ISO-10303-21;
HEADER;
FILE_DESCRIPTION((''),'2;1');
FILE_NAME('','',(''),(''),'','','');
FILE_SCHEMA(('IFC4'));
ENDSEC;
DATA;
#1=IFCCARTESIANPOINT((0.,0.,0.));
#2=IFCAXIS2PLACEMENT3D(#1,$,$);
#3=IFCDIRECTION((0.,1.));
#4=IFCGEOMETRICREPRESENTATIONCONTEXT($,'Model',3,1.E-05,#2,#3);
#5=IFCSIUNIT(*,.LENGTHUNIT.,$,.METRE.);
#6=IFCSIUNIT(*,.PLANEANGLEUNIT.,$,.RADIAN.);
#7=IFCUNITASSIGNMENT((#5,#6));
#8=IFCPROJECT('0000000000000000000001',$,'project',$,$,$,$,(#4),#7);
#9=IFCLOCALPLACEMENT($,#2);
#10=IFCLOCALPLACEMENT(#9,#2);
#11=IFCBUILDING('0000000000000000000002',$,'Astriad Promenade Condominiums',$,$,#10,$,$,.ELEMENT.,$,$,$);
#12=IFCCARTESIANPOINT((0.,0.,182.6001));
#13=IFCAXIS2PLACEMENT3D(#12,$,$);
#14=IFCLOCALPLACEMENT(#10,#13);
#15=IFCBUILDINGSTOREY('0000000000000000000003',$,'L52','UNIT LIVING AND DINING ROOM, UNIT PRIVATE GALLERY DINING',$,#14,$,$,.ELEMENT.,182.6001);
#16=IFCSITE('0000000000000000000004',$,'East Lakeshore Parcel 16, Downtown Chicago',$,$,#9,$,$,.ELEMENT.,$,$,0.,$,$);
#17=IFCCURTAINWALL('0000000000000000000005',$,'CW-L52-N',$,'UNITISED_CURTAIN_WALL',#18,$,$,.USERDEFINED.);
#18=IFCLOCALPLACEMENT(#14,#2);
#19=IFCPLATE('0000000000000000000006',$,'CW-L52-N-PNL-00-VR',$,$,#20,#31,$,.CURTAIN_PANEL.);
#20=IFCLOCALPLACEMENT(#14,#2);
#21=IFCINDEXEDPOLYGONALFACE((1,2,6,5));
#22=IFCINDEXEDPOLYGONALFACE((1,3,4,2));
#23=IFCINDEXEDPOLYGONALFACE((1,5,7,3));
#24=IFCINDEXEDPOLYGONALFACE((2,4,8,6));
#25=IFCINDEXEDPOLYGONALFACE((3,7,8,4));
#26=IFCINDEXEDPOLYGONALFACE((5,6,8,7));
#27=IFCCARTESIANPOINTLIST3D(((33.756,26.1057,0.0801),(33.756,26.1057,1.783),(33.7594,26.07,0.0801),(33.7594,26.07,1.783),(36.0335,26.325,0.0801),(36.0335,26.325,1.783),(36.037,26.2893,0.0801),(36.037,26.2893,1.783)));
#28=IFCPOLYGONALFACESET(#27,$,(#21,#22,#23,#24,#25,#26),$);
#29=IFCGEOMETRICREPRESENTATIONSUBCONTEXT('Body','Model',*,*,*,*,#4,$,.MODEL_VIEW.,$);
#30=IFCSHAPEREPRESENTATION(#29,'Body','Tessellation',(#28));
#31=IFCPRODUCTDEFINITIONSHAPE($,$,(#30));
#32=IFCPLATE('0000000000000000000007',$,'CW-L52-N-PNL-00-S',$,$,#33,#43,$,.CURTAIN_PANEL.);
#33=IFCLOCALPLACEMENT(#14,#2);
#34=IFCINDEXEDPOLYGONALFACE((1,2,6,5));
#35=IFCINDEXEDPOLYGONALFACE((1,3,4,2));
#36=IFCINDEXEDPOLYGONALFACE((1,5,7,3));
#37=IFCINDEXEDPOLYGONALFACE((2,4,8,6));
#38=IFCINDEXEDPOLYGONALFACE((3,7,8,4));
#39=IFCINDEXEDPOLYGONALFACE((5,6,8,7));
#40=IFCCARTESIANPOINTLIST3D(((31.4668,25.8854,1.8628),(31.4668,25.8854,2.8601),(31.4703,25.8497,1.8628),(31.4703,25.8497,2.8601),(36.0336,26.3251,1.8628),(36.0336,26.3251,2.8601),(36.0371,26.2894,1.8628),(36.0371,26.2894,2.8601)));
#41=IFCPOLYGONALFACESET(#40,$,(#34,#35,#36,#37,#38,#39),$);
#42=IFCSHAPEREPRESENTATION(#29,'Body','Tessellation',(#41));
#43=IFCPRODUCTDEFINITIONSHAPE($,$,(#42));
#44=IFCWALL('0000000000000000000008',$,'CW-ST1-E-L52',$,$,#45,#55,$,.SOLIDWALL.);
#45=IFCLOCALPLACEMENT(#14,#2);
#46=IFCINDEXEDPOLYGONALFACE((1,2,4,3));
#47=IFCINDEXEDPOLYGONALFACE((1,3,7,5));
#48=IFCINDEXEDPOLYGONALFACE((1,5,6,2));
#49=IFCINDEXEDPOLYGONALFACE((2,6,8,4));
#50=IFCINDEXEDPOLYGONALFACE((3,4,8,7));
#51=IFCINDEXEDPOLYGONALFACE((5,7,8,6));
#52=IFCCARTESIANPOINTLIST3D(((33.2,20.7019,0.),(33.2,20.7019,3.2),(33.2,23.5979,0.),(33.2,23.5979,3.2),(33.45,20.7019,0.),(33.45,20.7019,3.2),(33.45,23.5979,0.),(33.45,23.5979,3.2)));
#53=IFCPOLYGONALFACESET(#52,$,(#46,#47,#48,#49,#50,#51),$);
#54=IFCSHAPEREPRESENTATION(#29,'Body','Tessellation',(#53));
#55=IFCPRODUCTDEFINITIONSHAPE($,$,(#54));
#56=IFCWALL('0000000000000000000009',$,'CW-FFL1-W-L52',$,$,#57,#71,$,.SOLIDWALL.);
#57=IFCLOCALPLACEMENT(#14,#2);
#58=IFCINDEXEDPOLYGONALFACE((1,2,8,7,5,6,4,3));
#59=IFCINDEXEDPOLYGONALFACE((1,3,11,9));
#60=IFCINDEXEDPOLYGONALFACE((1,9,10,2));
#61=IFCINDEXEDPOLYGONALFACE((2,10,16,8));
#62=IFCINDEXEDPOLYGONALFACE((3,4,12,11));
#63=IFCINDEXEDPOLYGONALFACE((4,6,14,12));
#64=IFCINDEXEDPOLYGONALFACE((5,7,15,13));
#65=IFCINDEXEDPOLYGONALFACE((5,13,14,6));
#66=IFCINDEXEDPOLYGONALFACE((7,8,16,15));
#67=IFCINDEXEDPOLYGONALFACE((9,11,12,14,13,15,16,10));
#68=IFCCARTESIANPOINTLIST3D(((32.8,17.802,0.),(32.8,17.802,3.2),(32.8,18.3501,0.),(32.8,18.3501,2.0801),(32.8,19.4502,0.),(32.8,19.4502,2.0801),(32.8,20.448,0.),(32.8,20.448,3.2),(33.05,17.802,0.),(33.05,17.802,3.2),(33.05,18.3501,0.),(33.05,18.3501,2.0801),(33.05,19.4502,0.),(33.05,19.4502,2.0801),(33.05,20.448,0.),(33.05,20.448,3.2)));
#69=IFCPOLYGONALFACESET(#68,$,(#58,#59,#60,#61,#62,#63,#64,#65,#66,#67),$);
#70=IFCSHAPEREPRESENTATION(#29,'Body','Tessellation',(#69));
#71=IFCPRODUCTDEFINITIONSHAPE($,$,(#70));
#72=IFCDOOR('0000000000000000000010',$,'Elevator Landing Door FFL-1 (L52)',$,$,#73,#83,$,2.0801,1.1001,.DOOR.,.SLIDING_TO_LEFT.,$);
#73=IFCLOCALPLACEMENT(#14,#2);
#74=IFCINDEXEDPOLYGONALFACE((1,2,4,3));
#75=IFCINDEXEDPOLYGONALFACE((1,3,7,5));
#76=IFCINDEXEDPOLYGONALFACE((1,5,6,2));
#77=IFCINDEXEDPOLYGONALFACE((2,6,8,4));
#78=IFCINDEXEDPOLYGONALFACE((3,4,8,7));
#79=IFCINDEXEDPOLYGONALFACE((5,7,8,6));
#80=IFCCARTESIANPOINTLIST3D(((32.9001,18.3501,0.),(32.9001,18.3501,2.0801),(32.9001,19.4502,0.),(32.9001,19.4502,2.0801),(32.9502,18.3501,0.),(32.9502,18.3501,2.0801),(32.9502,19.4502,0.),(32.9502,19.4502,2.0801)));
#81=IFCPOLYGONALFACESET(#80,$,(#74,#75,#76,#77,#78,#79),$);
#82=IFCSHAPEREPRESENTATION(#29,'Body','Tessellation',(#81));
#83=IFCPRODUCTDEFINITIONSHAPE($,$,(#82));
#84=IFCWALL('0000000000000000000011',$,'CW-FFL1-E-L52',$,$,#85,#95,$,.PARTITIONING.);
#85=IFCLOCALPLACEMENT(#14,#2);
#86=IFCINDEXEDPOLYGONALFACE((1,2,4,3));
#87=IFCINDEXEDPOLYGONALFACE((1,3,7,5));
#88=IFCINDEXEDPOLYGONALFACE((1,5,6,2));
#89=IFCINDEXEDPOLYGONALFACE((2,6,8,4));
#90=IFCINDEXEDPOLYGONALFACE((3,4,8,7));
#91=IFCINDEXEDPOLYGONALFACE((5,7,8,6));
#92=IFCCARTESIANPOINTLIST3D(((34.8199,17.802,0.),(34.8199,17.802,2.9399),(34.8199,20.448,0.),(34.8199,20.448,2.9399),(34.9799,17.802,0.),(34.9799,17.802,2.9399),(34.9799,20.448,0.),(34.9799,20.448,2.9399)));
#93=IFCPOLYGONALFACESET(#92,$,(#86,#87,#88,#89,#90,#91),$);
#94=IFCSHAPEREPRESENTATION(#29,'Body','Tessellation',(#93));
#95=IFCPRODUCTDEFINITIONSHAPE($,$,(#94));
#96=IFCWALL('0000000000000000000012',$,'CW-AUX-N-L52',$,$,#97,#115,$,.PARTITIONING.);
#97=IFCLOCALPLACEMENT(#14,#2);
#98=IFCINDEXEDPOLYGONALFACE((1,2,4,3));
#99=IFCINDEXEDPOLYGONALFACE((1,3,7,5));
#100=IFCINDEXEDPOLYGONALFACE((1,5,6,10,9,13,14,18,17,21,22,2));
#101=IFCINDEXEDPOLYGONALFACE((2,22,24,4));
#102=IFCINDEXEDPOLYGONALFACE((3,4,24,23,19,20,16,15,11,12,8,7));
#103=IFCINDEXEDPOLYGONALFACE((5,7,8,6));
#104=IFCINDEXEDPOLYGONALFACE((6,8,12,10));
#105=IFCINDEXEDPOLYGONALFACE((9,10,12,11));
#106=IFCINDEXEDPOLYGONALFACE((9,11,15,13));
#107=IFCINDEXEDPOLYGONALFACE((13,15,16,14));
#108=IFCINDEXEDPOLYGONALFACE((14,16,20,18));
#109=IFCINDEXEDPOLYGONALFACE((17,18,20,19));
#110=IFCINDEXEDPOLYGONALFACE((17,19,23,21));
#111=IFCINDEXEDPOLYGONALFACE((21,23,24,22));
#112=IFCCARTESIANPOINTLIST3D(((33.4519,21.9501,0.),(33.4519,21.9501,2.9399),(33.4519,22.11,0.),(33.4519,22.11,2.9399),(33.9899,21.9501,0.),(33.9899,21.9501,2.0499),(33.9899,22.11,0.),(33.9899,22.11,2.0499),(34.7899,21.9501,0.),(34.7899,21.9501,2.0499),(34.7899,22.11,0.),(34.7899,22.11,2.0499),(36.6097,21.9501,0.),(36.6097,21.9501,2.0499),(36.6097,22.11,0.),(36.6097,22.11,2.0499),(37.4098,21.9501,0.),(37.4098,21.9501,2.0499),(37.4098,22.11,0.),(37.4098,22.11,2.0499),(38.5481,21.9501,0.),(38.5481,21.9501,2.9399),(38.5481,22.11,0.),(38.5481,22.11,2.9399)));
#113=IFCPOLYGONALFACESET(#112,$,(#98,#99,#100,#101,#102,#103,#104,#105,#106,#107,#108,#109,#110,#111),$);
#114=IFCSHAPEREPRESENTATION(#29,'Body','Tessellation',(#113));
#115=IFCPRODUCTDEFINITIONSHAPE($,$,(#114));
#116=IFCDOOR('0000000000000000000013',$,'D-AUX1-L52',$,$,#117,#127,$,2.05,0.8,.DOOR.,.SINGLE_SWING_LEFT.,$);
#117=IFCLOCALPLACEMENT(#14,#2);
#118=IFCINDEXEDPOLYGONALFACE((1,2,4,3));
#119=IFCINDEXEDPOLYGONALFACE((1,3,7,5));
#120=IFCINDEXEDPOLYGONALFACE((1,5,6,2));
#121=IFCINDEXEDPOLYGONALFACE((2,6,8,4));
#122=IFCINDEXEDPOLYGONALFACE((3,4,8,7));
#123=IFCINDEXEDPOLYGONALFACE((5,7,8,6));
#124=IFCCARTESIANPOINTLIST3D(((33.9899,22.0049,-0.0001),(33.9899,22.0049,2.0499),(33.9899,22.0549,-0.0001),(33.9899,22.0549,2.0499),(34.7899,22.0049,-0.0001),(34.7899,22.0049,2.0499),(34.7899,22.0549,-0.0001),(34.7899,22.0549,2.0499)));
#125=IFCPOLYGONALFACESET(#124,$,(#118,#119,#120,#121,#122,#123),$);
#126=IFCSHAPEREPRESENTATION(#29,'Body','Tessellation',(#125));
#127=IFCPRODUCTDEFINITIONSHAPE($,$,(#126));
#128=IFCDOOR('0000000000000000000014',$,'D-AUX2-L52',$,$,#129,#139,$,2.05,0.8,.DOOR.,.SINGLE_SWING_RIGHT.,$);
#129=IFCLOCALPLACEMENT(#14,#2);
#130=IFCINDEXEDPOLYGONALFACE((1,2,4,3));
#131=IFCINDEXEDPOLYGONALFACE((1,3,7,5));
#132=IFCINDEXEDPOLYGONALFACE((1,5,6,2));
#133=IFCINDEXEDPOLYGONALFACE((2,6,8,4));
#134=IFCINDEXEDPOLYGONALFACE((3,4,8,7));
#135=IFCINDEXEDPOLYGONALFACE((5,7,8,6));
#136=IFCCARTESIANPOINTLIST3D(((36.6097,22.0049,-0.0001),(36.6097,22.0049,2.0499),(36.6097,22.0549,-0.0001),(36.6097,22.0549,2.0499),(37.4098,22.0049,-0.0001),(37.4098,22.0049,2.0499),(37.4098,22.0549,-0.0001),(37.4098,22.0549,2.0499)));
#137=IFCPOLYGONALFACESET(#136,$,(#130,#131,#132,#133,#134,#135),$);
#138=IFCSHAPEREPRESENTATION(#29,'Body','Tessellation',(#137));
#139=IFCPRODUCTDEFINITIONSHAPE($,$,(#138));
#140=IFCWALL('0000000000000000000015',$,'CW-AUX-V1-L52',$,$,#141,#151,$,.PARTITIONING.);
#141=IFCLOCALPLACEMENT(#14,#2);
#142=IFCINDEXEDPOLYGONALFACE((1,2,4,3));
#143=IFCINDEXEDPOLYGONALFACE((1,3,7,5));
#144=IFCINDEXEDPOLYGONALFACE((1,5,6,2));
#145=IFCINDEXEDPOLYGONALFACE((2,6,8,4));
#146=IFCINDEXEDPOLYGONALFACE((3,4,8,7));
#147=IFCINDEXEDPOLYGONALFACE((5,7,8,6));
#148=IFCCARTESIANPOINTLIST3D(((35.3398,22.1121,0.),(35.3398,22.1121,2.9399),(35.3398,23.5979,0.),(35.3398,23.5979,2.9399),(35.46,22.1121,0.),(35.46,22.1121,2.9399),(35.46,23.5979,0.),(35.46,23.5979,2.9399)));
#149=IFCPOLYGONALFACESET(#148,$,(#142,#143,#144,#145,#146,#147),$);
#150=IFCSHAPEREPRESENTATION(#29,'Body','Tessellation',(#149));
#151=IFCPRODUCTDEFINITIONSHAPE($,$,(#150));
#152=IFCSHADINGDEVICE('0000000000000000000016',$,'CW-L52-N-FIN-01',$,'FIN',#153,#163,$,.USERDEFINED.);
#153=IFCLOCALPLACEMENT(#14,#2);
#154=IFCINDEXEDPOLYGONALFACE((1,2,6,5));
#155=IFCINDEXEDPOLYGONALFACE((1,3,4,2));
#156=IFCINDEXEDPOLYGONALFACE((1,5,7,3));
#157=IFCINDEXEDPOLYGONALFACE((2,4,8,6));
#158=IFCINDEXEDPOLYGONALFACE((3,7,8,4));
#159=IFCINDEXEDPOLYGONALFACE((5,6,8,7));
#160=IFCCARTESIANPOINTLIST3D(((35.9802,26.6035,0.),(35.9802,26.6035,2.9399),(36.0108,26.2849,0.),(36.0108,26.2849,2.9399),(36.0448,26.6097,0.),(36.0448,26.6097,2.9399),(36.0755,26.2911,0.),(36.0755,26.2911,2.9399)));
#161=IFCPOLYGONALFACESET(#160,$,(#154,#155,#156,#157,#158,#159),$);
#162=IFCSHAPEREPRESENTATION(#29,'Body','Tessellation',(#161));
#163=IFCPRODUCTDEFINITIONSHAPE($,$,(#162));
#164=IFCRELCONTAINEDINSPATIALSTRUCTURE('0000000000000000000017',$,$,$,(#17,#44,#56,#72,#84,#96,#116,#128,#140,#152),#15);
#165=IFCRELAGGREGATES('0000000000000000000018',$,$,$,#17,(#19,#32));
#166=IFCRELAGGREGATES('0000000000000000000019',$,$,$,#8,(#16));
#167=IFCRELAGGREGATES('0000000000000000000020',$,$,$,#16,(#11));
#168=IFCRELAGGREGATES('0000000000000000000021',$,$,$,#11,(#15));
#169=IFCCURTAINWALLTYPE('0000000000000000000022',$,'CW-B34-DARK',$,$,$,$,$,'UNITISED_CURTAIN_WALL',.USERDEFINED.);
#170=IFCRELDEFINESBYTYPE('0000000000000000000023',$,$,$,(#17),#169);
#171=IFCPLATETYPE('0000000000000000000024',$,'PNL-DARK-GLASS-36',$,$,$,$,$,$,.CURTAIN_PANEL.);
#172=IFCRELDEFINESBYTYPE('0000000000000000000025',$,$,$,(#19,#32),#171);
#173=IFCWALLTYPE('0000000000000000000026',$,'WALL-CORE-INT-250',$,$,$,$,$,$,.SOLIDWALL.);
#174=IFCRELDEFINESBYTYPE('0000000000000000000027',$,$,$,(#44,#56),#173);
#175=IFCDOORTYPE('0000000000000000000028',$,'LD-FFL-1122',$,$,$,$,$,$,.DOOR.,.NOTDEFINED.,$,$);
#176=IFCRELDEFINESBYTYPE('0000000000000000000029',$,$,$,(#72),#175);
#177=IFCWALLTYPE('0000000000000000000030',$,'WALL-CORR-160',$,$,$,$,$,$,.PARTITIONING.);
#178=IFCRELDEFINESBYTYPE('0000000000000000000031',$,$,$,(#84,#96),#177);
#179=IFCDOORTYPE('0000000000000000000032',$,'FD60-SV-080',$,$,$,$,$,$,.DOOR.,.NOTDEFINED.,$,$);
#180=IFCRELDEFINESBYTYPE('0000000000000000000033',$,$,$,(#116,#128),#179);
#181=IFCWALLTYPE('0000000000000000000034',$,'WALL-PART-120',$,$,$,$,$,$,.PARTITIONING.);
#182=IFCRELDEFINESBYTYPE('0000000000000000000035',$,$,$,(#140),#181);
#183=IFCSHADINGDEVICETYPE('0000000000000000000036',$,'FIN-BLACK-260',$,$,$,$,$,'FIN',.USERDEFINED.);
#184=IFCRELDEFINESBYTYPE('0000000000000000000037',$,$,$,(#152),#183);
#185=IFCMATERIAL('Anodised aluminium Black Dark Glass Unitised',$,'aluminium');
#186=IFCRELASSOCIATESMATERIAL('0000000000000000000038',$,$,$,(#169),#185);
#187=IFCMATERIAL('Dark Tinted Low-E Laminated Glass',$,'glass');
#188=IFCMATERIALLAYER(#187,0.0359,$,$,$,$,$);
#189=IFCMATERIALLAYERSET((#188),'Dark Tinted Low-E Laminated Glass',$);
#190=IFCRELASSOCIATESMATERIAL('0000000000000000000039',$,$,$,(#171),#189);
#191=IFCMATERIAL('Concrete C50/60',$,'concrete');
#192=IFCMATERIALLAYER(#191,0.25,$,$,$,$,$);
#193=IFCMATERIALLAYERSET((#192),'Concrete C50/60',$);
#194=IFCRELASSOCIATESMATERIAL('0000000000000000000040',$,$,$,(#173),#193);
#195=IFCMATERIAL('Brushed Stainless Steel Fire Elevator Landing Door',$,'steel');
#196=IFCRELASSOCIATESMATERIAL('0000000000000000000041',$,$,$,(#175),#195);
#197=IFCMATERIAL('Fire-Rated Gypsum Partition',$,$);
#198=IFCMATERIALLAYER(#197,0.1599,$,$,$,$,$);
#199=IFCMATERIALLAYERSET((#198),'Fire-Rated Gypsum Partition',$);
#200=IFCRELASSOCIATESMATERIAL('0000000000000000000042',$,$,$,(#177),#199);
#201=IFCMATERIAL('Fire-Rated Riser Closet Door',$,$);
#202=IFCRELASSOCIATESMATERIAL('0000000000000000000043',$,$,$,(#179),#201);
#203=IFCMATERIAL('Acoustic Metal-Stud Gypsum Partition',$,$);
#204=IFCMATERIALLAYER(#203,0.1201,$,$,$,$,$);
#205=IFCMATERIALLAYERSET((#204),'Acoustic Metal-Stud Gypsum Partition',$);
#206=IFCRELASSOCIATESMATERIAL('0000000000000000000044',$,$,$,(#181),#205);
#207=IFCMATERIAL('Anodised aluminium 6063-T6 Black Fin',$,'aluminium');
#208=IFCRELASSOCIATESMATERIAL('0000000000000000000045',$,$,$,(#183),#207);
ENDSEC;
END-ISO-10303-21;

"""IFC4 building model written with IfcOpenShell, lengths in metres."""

from ifc_helpers import new_model, si_unit, direction, frame, frame_2d, origin, origin_2d, place, context, subcontext, project, spatial, rectangle, extrude, source, transform, mapped, material, layer, layer_set, type_object, type_shapes, element, fill, aggregate, save


model = new_model("IFC4")

# Units and contexts
model_context = context("Model", 3, precision=1e-05, world=origin(), true_north=direction((0.0, 1.0)))
body_context = subcontext(model_context, "Body", "Model", "MODEL_VIEW")
ifc_project = project(units=[si_unit("LENGTHUNIT", "METRE"), si_unit("PLANEANGLEUNIT", "RADIAN")], contexts=[model_context])

# Site, building, storey
site_placement = place(None, origin())
site = spatial("IfcSite", under=ifc_project, at=site_placement, Name="East Lakeshore Parcel 16, Downtown Chicago", CompositionType="ELEMENT", RefElevation=0.0)
building_placement = place(site_placement, origin())
building = spatial("IfcBuilding", under=site, at=building_placement, Name="Astriad Promenade Condominiums", CompositionType="ELEMENT")
storey_placement = place(building_placement, frame((0.0, 0.0, 182.6001)))
storey = spatial("IfcBuildingStorey", under=building, at=storey_placement, Name="L52", Description="UNIT LIVING AND DINING ROOM, UNIT PRIVATE GALLERY DINING", CompositionType="ELEMENT", Elevation=182.6001)

# Curtain wall, plates
ifc_material_1 = material(Name="Anodised aluminium Black Dark Glass Unitised", Category="aluminium")
curtain_wall_type = type_object("IfcCurtainWallType", Name="CW-B34-DARK", ElementType="UNITISED_CURTAIN_WALL", PredefinedType="USERDEFINED", material=ifc_material_1)
curtain_wall_placement = place(storey_placement, origin())
curtain_wall = element("IfcCurtainWall", 1, at=curtain_wall_placement, inside=storey, type_object=curtain_wall_type, Name="CW-L52-N", ObjectType="UNITISED_CURTAIN_WALL", PredefinedType="USERDEFINED")
ifc_material_2 = material(Name="Dark Tinted Low-E Laminated Glass", Category="glass")
ifc_layer_1 = layer(ifc_material_2, 0.0359)
ifc_layer_set_1 = layer_set([ifc_layer_1], Name="Dark Tinted Low-E Laminated Glass")
plate_type = type_object("IfcPlateType", Name="PNL-DARK-GLASS-36", PredefinedType="CURTAIN_PANEL", material=ifc_layer_set_1)
shared_shape_1 = source(origin(), body_context, "Body", "SweptSolid", [
    extrude(rectangle(XDim=2.2881, YDim=0.0359, at=origin_2d()), origin(), (0.0, 0.0, 1.0), 1.7029),
])
plate_1_placement = place(storey_placement, frame((34.8965, 26.1975, 0.0801), z_axis=(0.0, 0.0, 1.0), x_axis=(0.995396, 0.095846, 0.0)))
plate_1 = element("IfcPlate", 2, at=plate_1_placement, type_object=plate_type, Name="CW-L52-N-PNL-00-VR", PredefinedType="CURTAIN_PANEL", context=body_context, shape_type="MappedRepresentation", body=[
    mapped(shared_shape_1, transform((0.0, 0.0, 0.0), scale=1.0)),
])
shared_shape_2 = source(origin(), body_context, "Body", "SweptSolid", [
    extrude(rectangle(XDim=4.5879, YDim=0.0359, at=origin_2d()), origin(), (0.0, 0.0, 1.0), 0.9973),
])
type_shapes(plate_type, [shared_shape_1, shared_shape_2])
plate_2_placement = place(storey_placement, frame((33.752, 26.0874, 1.8628), z_axis=(0.0, 0.0, 1.0), x_axis=(0.995396, 0.095846, 0.0)))
plate_2 = element("IfcPlate", 3, at=plate_2_placement, type_object=plate_type, Name="CW-L52-N-PNL-00-S", PredefinedType="CURTAIN_PANEL", context=body_context, shape_type="MappedRepresentation", body=[
    mapped(shared_shape_2, transform((0.0, 0.0, 0.0), scale=1.0)),
])
aggregate(curtain_wall, [plate_1, plate_2])

# Wall
ifc_material_3 = material(Name="Concrete C50/60", Category="concrete")
ifc_layer_2 = layer(ifc_material_3, 0.25)
ifc_layer_set_2 = layer_set([ifc_layer_2], Name="Concrete C50/60")
wall_type_1 = type_object("IfcWallType", Name="WALL-CORE-INT-250", PredefinedType="SOLIDWALL", material=ifc_layer_set_2)
wall_1_placement = place(storey_placement, frame((33.325, 20.7019, 0.0), z_axis=(0.0, 0.0, 1.0), x_axis=(0.0, 1.0, 0.0)))
element("IfcWall", 4, at=wall_1_placement, inside=storey, type_object=wall_type_1, Name="CW-ST1-E-L52", PredefinedType="SOLIDWALL", context=body_context, shape_type="SweptSolid", body=[
    extrude(rectangle(XDim=2.896, YDim=0.25, at=frame_2d((1.448, 0.0))), origin(), (0.0, 0.0, 1.0), 3.2),
])

# Wall, opening, door
wall_2_placement = place(storey_placement, frame((32.925, 17.802, 0.0), z_axis=(0.0, 0.0, 1.0), x_axis=(0.0, 1.0, 0.0)))
wall_2 = element("IfcWall", 5, at=wall_2_placement, inside=storey, type_object=wall_type_1, Name="CW-FFL1-W-L52", PredefinedType="SOLIDWALL", context=body_context, shape_type="SweptSolid", body=[
    extrude(rectangle(XDim=2.646, YDim=0.25, at=frame_2d((1.323, 0.0))), origin(), (0.0, 0.0, 1.0), 3.2),
])
opening_1_placement = place(wall_2_placement, frame((0.5481, 0.0, 0.0)))
opening_1 = element("IfcOpeningElement", 6, at=opening_1_placement, cuts=wall_2, PredefinedType="OPENING", context=body_context, shape_type="SweptSolid", body=[
    extrude(rectangle(XDim=1.1001, YDim=2.0801, at=frame_2d((0.55, 1.04))), frame((0.0, 0.135, 0.0), z_axis=(0.0, -1.0, 0.0), x_axis=(1.0, 0.0, 0.0)), (0.0, 0.0, 1.0), 0.27),
])
ifc_material_4 = material(Name="Brushed Stainless Steel Fire Elevator Landing Door", Category="steel")
door_type_1 = type_object("IfcDoorType", Name="LD-FFL-1122", OperationType="NOTDEFINED", PredefinedType="DOOR", material=ifc_material_4)
shared_shape_3 = source(origin(), body_context, "Body", "SweptSolid", [
    extrude(rectangle(XDim=1.1001, YDim=2.0801, at=frame_2d((0.55, 1.04))), frame((0.0, 0.0249, 0.0), z_axis=(0.0, -1.0, 0.0), x_axis=(1.0, 0.0, 0.0)), (0.0, 0.0, 1.0), 0.05),
])
type_shapes(door_type_1, [shared_shape_3])
door_1_placement = place(opening_1_placement, origin())
door_1 = element("IfcDoor", 7, at=door_1_placement, inside=storey, type_object=door_type_1, Name="Elevator Landing Door FFL-1 (L52)", OperationType="SLIDING_TO_LEFT", OverallHeight=2.0801, OverallWidth=1.1001, PredefinedType="DOOR", context=body_context, shape_type="MappedRepresentation", body=[
    mapped(shared_shape_3, transform((0.0, 0.0, 0.0), scale=1.0)),
])
fill(opening_1, door_1)

# Wall
ifc_material_5 = material(Name="Fire-Rated Gypsum Partition")
ifc_layer_3 = layer(ifc_material_5, 0.1599)
ifc_layer_set_3 = layer_set([ifc_layer_3], Name="Fire-Rated Gypsum Partition")
wall_type_2 = type_object("IfcWallType", Name="WALL-CORR-160", PredefinedType="PARTITIONING", material=ifc_layer_set_3)
wall_3_placement = place(storey_placement, frame((34.8999, 17.802, 0.0), z_axis=(0.0, 0.0, 1.0), x_axis=(0.0, 1.0, 0.0)))
element("IfcWall", 8, at=wall_3_placement, inside=storey, type_object=wall_type_2, Name="CW-FFL1-E-L52", PredefinedType="PARTITIONING", context=body_context, shape_type="SweptSolid", body=[
    extrude(rectangle(XDim=2.646, YDim=0.1599, at=frame_2d((1.323, 0.0))), origin(), (0.0, 0.0, 1.0), 2.9399),
])

# Wall, openings, doors
wall_4_placement = place(storey_placement, frame((33.4519, 22.03, 0.0), z_axis=(0.0, 0.0, 1.0), x_axis=(1.0, 0.0, 0.0)))
wall_4 = element("IfcWall", 9, at=wall_4_placement, inside=storey, type_object=wall_type_2, Name="CW-AUX-N-L52", PredefinedType="PARTITIONING", context=body_context, shape_type="SweptSolid", body=[
    extrude(rectangle(XDim=5.0962, YDim=0.1599, at=frame_2d((2.5481, 0.0))), origin(), (0.0, 0.0, 1.0), 2.9399),
])
opening_2_placement = place(wall_4_placement, frame((0.5381, 0.0, 0.0)))
opening_2 = element("IfcOpeningElement", 10, at=opening_2_placement, cuts=wall_4, PredefinedType="OPENING", context=body_context, shape_type="SweptSolid", body=[
    extrude(rectangle(XDim=0.8, YDim=2.05, at=frame_2d((0.3999, 1.0249))), frame((0.0, 0.0898, 0.0), z_axis=(0.0, -1.0, 0.0), x_axis=(1.0, 0.0, 0.0)), (0.0, 0.0, 1.0), 0.1799),
])
opening_3_placement = place(wall_4_placement, frame((3.158, 0.0, 0.0)))
opening_3 = element("IfcOpeningElement", 11, at=opening_3_placement, cuts=wall_4, PredefinedType="OPENING", context=body_context, shape_type="SweptSolid", body=[
    extrude(rectangle(XDim=0.8, YDim=2.05, at=frame_2d((0.3999, 1.0249))), frame((0.0, 0.0898, 0.0), z_axis=(0.0, -1.0, 0.0), x_axis=(1.0, 0.0, 0.0)), (0.0, 0.0, 1.0), 0.1799),
])
ifc_material_6 = material(Name="Fire-Rated Riser Closet Door")
door_type_2 = type_object("IfcDoorType", Name="FD60-SV-080", OperationType="NOTDEFINED", PredefinedType="DOOR", material=ifc_material_6)
shared_shape_4 = source(origin(), body_context, "Body", "SweptSolid", [
    extrude(rectangle(XDim=0.8, YDim=2.05, at=frame_2d((0.3999, 1.0249))), frame((0.0, 0.0249, 0.0), z_axis=(0.0, -1.0, 0.0), x_axis=(1.0, 0.0, 0.0)), (0.0, 0.0, 1.0), 0.05),
])
type_shapes(door_type_2, [shared_shape_4])
door_2_placement = place(opening_2_placement, origin())
door_2 = element("IfcDoor", 12, at=door_2_placement, inside=storey, type_object=door_type_2, Name="D-AUX1-L52", OperationType="SINGLE_SWING_LEFT", OverallHeight=2.05, OverallWidth=0.8, PredefinedType="DOOR", context=body_context, shape_type="MappedRepresentation", body=[
    mapped(shared_shape_4, transform((0.0, 0.0, 0.0), scale=1.0)),
])
fill(opening_2, door_2)
door_3_placement = place(opening_3_placement, origin())
door_3 = element("IfcDoor", 13, at=door_3_placement, inside=storey, type_object=door_type_2, Name="D-AUX2-L52", OperationType="SINGLE_SWING_RIGHT", OverallHeight=2.05, OverallWidth=0.8, PredefinedType="DOOR", context=body_context, shape_type="MappedRepresentation", body=[
    mapped(shared_shape_4, transform((0.0, 0.0, 0.0), scale=1.0)),
])
fill(opening_3, door_3)

# Wall
ifc_material_7 = material(Name="Acoustic Metal-Stud Gypsum Partition")
ifc_layer_4 = layer(ifc_material_7, 0.1201)
ifc_layer_set_4 = layer_set([ifc_layer_4], Name="Acoustic Metal-Stud Gypsum Partition")
wall_type_3 = type_object("IfcWallType", Name="WALL-PART-120", PredefinedType="PARTITIONING", material=ifc_layer_set_4)
wall_5_placement = place(storey_placement, frame((35.3999, 22.1121, 0.0), z_axis=(0.0, 0.0, 1.0), x_axis=(0.0, 1.0, 0.0)))
element("IfcWall", 14, at=wall_5_placement, inside=storey, type_object=wall_type_3, Name="CW-AUX-V1-L52", PredefinedType="PARTITIONING", context=body_context, shape_type="SweptSolid", body=[
    extrude(rectangle(XDim=1.4858, YDim=0.1201, at=frame_2d((0.7429, 0.0))), origin(), (0.0, 0.0, 1.0), 2.9399),
])

# Shading device
ifc_material_8 = material(Name="Anodised aluminium 6063-T6 Black Fin", Category="aluminium")
shading_device_type = type_object("IfcShadingDeviceType", Name="FIN-BLACK-260", ElementType="FIN", PredefinedType="USERDEFINED", material=ifc_material_8)
shared_shape_5 = source(origin(), body_context, "Body", "SweptSolid", [
    extrude(rectangle(XDim=0.0649, YDim=0.3201, at=origin_2d()), origin(), (0.0, 0.0, 1.0), 2.9399),
])
type_shapes(shading_device_type, [shared_shape_5])
shading_device_placement = place(storey_placement, frame((36.0278, 26.4473, 0.0), z_axis=(0.0, 0.0, 1.0), x_axis=(0.995396, 0.095846, 0.0)))
element("IfcShadingDevice", 15, at=shading_device_placement, inside=storey, type_object=shading_device_type, Name="CW-L52-N-FIN-01", ObjectType="FIN", PredefinedType="USERDEFINED", context=body_context, shape_type="MappedRepresentation", body=[
    mapped(shared_shape_5, transform((0.0, 0.0, 0.0), scale=1.0)),
])

save(model, "model.ifc")
